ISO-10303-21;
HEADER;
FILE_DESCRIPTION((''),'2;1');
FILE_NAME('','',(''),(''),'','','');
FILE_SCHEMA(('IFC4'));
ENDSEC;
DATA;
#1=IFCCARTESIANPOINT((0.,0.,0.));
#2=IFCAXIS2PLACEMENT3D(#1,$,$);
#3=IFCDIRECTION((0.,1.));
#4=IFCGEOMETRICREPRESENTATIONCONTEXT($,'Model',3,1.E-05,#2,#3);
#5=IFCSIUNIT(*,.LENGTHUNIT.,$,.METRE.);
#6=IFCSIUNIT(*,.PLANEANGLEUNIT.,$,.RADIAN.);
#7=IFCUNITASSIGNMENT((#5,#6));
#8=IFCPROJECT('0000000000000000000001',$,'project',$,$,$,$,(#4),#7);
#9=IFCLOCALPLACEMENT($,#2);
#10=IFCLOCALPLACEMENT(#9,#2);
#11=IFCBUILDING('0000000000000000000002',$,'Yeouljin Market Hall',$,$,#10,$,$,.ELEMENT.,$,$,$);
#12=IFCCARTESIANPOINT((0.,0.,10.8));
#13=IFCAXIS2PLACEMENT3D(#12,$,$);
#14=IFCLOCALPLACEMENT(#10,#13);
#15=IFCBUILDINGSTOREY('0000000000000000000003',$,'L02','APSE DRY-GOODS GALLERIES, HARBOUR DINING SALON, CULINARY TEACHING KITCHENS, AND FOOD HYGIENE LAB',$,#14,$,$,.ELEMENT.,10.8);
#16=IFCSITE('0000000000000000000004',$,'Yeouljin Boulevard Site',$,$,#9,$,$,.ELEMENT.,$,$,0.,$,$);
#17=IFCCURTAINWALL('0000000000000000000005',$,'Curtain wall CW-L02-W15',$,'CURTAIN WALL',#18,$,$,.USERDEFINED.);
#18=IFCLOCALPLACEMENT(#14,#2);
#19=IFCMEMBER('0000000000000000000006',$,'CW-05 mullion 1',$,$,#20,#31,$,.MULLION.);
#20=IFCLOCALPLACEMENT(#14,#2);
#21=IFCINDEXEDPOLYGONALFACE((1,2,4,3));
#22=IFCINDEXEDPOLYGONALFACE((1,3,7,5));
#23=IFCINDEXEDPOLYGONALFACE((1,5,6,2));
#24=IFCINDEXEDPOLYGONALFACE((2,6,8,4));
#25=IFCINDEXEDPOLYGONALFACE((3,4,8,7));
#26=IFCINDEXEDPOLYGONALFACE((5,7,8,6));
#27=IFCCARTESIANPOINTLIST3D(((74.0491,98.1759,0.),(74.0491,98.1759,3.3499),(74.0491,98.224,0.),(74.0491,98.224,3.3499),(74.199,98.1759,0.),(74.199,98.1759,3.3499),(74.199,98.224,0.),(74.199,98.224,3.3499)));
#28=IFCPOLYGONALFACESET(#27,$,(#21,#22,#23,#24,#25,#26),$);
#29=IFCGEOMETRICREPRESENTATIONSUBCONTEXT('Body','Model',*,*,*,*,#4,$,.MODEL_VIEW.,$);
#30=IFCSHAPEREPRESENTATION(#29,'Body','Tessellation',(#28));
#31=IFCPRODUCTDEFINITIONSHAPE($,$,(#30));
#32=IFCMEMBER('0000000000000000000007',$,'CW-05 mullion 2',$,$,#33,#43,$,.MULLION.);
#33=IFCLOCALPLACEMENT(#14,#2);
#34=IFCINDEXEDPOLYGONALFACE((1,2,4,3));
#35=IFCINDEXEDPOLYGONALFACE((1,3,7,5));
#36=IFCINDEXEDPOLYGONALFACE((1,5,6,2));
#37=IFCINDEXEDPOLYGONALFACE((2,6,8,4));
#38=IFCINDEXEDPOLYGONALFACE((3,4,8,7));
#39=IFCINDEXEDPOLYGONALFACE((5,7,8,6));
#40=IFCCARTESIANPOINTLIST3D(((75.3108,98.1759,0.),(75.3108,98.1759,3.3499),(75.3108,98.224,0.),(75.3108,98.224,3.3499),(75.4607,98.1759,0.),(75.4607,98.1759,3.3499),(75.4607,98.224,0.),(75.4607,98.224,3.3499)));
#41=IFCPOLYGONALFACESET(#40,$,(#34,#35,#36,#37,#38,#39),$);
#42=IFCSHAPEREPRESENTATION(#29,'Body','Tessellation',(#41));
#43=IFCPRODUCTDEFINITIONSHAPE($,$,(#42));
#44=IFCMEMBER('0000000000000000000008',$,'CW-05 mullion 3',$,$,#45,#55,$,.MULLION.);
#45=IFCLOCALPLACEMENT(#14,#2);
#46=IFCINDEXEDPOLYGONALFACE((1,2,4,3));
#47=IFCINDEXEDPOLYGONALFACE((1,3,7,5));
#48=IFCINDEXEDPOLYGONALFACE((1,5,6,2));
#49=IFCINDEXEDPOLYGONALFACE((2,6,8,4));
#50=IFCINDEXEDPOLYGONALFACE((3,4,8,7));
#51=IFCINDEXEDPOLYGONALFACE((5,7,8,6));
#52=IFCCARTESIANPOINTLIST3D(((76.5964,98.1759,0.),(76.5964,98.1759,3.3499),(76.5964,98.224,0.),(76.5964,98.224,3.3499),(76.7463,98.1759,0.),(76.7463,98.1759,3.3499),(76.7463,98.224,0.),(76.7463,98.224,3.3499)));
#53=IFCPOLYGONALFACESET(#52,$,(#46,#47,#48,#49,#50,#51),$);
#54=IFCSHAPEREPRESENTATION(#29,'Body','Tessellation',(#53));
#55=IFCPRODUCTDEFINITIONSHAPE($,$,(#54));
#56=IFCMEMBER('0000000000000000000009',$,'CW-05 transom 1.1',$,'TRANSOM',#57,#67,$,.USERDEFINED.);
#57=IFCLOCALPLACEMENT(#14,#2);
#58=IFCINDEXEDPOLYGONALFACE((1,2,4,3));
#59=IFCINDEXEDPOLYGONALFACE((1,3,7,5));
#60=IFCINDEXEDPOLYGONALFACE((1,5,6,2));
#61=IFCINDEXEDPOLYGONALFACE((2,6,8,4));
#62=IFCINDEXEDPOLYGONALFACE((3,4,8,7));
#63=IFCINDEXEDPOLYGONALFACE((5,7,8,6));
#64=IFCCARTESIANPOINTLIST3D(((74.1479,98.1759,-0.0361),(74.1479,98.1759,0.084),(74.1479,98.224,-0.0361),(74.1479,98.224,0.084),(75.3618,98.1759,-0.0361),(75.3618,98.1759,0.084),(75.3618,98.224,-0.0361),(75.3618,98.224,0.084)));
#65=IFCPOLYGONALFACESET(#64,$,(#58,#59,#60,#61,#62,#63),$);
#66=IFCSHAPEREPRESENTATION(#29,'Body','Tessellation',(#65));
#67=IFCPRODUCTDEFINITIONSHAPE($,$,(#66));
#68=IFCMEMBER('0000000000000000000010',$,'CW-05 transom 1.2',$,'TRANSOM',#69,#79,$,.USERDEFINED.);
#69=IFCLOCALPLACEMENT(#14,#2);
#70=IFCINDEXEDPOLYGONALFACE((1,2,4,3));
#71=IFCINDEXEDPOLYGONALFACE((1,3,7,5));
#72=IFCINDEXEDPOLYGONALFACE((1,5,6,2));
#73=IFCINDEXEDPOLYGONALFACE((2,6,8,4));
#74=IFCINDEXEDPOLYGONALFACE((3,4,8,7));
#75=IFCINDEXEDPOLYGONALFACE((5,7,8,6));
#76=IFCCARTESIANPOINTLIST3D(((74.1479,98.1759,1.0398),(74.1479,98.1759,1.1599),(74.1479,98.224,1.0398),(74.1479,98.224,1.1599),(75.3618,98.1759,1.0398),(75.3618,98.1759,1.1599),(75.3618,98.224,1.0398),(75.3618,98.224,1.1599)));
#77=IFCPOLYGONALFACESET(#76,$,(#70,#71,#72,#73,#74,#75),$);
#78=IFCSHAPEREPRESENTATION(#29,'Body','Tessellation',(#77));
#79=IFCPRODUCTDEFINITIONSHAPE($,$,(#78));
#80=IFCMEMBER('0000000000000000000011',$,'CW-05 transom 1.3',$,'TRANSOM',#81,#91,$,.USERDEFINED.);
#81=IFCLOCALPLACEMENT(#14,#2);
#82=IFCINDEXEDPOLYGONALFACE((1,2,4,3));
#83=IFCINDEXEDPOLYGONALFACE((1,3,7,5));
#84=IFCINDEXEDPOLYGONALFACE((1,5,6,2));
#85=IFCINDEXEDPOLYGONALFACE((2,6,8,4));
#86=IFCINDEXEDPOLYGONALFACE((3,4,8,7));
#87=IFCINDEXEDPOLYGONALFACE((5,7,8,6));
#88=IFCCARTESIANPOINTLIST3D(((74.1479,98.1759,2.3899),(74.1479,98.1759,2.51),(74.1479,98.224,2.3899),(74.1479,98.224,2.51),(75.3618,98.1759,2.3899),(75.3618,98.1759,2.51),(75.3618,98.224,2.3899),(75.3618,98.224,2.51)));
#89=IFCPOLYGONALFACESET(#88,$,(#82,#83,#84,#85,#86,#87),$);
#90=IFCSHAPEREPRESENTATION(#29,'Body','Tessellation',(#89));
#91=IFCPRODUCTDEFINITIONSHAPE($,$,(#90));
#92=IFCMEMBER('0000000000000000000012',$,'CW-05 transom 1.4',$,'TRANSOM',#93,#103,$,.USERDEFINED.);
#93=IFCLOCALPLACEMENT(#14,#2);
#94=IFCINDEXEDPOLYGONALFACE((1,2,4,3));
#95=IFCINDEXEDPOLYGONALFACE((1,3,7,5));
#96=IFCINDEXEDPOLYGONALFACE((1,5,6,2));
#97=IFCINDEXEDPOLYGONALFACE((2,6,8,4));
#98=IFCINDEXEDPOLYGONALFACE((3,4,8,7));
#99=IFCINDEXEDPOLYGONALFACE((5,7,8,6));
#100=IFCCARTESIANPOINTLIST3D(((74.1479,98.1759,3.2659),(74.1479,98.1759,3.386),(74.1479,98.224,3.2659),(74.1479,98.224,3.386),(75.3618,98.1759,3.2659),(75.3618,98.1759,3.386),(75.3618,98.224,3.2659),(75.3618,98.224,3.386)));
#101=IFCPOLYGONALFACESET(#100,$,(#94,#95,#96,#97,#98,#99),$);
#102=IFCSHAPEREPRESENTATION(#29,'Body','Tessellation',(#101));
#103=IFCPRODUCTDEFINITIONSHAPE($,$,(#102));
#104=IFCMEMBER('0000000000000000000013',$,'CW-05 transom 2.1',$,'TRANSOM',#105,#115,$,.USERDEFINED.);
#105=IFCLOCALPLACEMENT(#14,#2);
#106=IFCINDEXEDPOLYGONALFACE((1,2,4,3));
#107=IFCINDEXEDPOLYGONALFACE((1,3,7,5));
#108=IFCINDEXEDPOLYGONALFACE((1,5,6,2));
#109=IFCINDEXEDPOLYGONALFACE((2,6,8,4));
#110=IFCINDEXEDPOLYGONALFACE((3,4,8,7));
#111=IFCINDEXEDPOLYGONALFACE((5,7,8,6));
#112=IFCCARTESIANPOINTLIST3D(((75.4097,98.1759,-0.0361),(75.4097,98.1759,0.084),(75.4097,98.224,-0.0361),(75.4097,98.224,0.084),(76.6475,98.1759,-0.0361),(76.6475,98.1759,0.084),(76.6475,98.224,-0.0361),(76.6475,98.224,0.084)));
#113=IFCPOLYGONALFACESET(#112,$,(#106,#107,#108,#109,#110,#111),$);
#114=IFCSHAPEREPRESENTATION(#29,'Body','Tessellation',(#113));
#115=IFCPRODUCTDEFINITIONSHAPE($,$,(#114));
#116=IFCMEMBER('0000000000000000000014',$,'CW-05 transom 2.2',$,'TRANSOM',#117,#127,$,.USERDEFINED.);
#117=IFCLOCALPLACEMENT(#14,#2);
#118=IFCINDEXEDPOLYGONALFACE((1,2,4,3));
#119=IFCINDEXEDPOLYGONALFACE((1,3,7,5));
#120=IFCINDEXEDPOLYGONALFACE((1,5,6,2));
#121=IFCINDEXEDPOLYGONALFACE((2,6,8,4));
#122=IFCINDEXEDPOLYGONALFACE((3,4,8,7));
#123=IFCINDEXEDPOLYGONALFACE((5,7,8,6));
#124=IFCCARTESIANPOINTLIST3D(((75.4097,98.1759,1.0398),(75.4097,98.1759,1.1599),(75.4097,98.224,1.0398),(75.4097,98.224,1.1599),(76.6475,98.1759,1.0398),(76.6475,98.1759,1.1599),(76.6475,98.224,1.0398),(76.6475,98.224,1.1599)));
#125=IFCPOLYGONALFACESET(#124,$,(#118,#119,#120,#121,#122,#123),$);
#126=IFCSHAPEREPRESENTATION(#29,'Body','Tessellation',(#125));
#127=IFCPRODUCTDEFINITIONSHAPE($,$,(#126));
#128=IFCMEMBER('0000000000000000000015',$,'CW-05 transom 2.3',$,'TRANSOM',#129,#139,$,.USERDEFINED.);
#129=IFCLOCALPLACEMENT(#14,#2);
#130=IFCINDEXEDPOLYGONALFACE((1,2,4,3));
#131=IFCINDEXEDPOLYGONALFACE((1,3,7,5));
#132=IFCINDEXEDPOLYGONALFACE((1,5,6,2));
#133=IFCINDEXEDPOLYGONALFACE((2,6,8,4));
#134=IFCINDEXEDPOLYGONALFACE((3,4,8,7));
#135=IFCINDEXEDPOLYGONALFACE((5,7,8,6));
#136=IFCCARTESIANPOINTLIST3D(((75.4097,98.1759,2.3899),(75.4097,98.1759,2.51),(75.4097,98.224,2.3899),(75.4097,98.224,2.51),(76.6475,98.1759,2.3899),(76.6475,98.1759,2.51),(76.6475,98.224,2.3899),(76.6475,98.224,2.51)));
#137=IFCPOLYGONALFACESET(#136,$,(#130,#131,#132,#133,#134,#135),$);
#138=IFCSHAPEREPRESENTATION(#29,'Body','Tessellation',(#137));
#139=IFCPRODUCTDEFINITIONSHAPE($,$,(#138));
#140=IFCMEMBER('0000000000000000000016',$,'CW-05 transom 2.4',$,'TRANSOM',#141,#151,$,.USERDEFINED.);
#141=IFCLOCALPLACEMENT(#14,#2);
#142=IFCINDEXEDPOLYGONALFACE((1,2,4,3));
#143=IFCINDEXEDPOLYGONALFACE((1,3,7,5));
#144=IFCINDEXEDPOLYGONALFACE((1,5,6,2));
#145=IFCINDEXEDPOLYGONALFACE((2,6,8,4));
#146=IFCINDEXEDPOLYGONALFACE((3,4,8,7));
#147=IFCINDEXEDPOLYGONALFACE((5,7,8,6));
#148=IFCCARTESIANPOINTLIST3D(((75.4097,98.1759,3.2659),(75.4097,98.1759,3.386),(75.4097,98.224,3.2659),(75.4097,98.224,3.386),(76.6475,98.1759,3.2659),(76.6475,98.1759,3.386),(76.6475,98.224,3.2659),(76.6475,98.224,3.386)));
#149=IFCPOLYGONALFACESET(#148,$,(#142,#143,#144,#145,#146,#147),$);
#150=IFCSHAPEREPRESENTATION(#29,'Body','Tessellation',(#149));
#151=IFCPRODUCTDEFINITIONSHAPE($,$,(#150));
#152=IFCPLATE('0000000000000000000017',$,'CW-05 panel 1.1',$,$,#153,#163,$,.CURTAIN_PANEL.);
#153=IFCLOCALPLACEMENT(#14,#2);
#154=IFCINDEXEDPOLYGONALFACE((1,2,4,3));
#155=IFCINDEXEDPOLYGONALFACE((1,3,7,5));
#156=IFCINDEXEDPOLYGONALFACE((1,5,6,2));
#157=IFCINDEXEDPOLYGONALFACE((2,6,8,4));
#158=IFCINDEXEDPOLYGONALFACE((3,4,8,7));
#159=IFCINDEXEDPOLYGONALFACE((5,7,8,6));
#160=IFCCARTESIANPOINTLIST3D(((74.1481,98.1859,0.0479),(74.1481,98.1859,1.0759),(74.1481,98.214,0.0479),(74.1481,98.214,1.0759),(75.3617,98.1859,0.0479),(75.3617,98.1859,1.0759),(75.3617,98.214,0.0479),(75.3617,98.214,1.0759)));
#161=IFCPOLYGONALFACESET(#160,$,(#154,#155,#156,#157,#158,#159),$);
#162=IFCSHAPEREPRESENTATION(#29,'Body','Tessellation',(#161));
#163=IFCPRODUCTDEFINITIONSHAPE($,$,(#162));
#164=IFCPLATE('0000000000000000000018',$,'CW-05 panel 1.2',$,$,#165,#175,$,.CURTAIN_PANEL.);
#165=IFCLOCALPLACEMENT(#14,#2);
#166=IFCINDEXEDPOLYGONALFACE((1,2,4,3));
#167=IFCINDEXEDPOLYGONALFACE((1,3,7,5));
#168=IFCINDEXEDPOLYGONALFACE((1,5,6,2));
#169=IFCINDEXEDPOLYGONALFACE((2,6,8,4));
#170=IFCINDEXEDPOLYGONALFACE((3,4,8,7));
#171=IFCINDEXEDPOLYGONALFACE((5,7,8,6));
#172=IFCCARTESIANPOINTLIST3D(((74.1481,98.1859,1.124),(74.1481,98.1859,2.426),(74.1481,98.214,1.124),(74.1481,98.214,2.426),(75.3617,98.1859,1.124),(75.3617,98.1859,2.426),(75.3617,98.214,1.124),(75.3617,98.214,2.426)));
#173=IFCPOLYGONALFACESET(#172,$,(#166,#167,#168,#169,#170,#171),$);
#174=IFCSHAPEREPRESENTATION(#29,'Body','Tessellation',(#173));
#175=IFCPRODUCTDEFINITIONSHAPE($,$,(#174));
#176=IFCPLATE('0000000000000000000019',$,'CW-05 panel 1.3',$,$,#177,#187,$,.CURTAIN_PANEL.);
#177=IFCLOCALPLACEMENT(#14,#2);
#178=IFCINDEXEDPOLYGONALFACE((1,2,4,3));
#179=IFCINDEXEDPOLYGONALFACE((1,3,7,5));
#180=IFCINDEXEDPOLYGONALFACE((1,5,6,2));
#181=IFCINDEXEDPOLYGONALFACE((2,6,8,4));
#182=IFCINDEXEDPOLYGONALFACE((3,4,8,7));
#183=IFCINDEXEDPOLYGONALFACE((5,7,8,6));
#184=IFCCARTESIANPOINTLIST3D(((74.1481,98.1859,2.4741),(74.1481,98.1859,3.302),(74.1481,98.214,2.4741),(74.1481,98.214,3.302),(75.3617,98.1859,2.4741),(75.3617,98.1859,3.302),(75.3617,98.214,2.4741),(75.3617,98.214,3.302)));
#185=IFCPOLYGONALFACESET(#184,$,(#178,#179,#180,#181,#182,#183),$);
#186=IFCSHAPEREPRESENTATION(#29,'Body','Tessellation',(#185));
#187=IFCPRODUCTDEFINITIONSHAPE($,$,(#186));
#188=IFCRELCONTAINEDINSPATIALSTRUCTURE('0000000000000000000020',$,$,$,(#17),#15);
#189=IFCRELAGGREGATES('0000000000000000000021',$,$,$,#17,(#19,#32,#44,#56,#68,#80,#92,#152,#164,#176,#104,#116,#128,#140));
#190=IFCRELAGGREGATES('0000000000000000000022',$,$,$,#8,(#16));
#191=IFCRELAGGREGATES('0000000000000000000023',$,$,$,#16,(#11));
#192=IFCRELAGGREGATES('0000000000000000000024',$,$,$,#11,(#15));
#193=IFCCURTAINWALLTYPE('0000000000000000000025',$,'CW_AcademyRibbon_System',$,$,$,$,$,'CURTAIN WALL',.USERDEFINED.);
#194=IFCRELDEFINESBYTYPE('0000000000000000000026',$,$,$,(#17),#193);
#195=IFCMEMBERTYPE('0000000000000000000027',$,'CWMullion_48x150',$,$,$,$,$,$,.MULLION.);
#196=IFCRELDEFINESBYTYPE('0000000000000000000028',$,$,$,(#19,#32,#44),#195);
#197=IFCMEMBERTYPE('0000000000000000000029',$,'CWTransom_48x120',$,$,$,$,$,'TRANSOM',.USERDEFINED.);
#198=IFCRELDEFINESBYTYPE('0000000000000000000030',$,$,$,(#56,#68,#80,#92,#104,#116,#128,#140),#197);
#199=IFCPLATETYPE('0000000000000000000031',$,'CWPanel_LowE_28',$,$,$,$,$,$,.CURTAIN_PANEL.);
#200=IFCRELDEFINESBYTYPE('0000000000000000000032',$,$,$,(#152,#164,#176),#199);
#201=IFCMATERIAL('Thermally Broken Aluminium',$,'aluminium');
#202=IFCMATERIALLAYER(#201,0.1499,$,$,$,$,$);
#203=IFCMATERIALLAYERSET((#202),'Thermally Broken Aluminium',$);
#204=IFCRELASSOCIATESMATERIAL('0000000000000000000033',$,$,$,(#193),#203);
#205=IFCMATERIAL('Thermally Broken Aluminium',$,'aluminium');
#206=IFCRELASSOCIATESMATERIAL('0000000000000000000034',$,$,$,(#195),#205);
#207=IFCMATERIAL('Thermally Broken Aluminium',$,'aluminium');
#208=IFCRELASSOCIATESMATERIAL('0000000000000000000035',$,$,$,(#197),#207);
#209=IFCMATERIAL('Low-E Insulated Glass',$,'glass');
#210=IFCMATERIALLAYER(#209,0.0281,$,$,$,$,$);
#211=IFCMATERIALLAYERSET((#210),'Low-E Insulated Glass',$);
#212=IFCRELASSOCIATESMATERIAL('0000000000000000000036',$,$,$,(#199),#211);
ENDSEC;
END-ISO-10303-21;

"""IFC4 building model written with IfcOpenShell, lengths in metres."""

from ifc_helpers import new_model, si_unit, direction, frame, origin, origin_2d, place, context, subcontext, project, spatial, rectangle, extrude, material, layer, layer_set, material_profile, profile_set, type_object, element, aggregate, save


model = new_model("IFC4")

# Units and contexts
model_context = context("Model", 3, precision=1e-05, world=origin(), true_north=direction((0.0, 1.0)))
body_context = subcontext(model_context, "Body", "Model", "MODEL_VIEW")
ifc_project = project(units=[si_unit("LENGTHUNIT", "METRE"), si_unit("PLANEANGLEUNIT", "RADIAN")], contexts=[model_context])

# Site, building, storey
site_placement = place(None, origin())
site = spatial("IfcSite", under=ifc_project, at=site_placement, Name="Yeouljin Boulevard Site", CompositionType="ELEMENT", RefElevation=0.0)
building_placement = place(site_placement, origin())
building = spatial("IfcBuilding", under=site, at=building_placement, Name="Yeouljin Market Hall", CompositionType="ELEMENT")
storey_placement = place(building_placement, frame((0.0, 0.0, 10.8)))
storey = spatial("IfcBuildingStorey", under=building, at=storey_placement, Name="L02", Description="APSE DRY-GOODS GALLERIES, HARBOUR DINING SALON, CULINARY TEACHING KITCHENS, AND FOOD HYGIENE LAB", CompositionType="ELEMENT", Elevation=10.8)

# Curtain wall, members, plates
ifc_material_1 = material(Name="Thermally Broken Aluminium", Category="aluminium")
ifc_layer_1 = layer(ifc_material_1, 0.1499)
ifc_layer_set_1 = layer_set([ifc_layer_1], Name="Thermally Broken Aluminium")
curtain_wall_type = type_object("IfcCurtainWallType", Name="CW_AcademyRibbon_System", ElementType="CURTAIN WALL", PredefinedType="USERDEFINED", material=ifc_layer_set_1)
curtain_wall_placement = place(storey_placement, origin())
curtain_wall = element("IfcCurtainWall", 1, at=curtain_wall_placement, inside=storey, type_object=curtain_wall_type, Name="Curtain wall CW-L02-W15", ObjectType="CURTAIN WALL", PredefinedType="USERDEFINED")
ifc_material_2 = material(Name="Thermally Broken Aluminium", Category="aluminium")
ifc_material_profile_1 = material_profile(ifc_material_2, rectangle(XDim=0.0481, YDim=0.1499, at=origin_2d()), Name="CW-MULL-48x150")
ifc_profile_set_1 = profile_set([ifc_material_profile_1], Name="Thermally Broken Aluminium")
member_type_1 = type_object("IfcMemberType", Name="CWMullion_48x150", PredefinedType="MULLION", material=ifc_profile_set_1)
member_1_placement = place(storey_placement, frame((74.124, 98.2, 0.0), z_axis=(0.0, 0.0, 1.0), x_axis=(0.0, 1.0, 0.0)))
member_1 = element("IfcMember", 2, at=member_1_placement, type_object=member_type_1, Name="CW-05 mullion 1", PredefinedType="MULLION", context=body_context, shape_type="SweptSolid", body=[
    extrude(rectangle(XDim=0.0481, YDim=0.1499, at=origin_2d()), origin(), (0.0, 0.0, 1.0), 3.3499),
])
member_2_placement = place(storey_placement, frame((75.3857, 98.2, 0.0), z_axis=(0.0, 0.0, 1.0), x_axis=(0.0, 1.0, 0.0)))
member_2 = element("IfcMember", 3, at=member_2_placement, type_object=member_type_1, Name="CW-05 mullion 2", PredefinedType="MULLION", context=body_context, shape_type="SweptSolid", body=[
    extrude(rectangle(XDim=0.0481, YDim=0.1499, at=origin_2d()), origin(), (0.0, 0.0, 1.0), 3.3499),
])
member_3_placement = place(storey_placement, frame((76.6714, 98.2, 0.0), z_axis=(0.0, 0.0, 1.0), x_axis=(0.0, 1.0, 0.0)))
member_3 = element("IfcMember", 4, at=member_3_placement, type_object=member_type_1, Name="CW-05 mullion 3", PredefinedType="MULLION", context=body_context, shape_type="SweptSolid", body=[
    extrude(rectangle(XDim=0.0481, YDim=0.1499, at=origin_2d()), origin(), (0.0, 0.0, 1.0), 3.3499),
])
ifc_material_3 = material(Name="Thermally Broken Aluminium", Category="aluminium")
ifc_material_profile_2 = material_profile(ifc_material_3, rectangle(XDim=0.0481, YDim=0.1201, at=origin_2d()), Name="CW-TRAN-48x120")
ifc_profile_set_2 = profile_set([ifc_material_profile_2], Name="Thermally Broken Aluminium")
member_type_2 = type_object("IfcMemberType", Name="CWTransom_48x120", ElementType="TRANSOM", PredefinedType="USERDEFINED", material=ifc_profile_set_2)
member_4_placement = place(storey_placement, frame((74.1479, 98.2, 0.0239), z_axis=(1.0, 0.0, 0.0), x_axis=(0.0, 1.0, 0.0)))
member_4 = element("IfcMember", 5, at=member_4_placement, type_object=member_type_2, Name="CW-05 transom 1.1", ObjectType="TRANSOM", PredefinedType="USERDEFINED", context=body_context, shape_type="SweptSolid", body=[
    extrude(rectangle(XDim=0.0481, YDim=0.1201, at=origin_2d()), origin(), (0.0, 0.0, 1.0), 1.2139),
])
member_5_placement = place(storey_placement, frame((74.1479, 98.2, 1.0999), z_axis=(1.0, 0.0, 0.0), x_axis=(0.0, 1.0, 0.0)))
member_5 = element("IfcMember", 6, at=member_5_placement, type_object=member_type_2, Name="CW-05 transom 1.2", ObjectType="TRANSOM", PredefinedType="USERDEFINED", context=body_context, shape_type="SweptSolid", body=[
    extrude(rectangle(XDim=0.0481, YDim=0.1201, at=origin_2d()), origin(), (0.0, 0.0, 1.0), 1.2139),
])
member_6_placement = place(storey_placement, frame((74.1479, 98.2, 2.45), z_axis=(1.0, 0.0, 0.0), x_axis=(0.0, 1.0, 0.0)))
member_6 = element("IfcMember", 7, at=member_6_placement, type_object=member_type_2, Name="CW-05 transom 1.3", ObjectType="TRANSOM", PredefinedType="USERDEFINED", context=body_context, shape_type="SweptSolid", body=[
    extrude(rectangle(XDim=0.0481, YDim=0.1201, at=origin_2d()), origin(), (0.0, 0.0, 1.0), 1.2139),
])
member_7_placement = place(storey_placement, frame((74.1479, 98.2, 3.3259), z_axis=(1.0, 0.0, 0.0), x_axis=(0.0, 1.0, 0.0)))
member_7 = element("IfcMember", 8, at=member_7_placement, type_object=member_type_2, Name="CW-05 transom 1.4", ObjectType="TRANSOM", PredefinedType="USERDEFINED", context=body_context, shape_type="SweptSolid", body=[
    extrude(rectangle(XDim=0.0481, YDim=0.1201, at=origin_2d()), origin(), (0.0, 0.0, 1.0), 1.2139),
])
member_8_placement = place(storey_placement, frame((75.4097, 98.2, 0.0239), z_axis=(1.0, 0.0, 0.0), x_axis=(0.0, 1.0, 0.0)))
member_8 = element("IfcMember", 9, at=member_8_placement, type_object=member_type_2, Name="CW-05 transom 2.1", ObjectType="TRANSOM", PredefinedType="USERDEFINED", context=body_context, shape_type="SweptSolid", body=[
    extrude(rectangle(XDim=0.0481, YDim=0.1201, at=origin_2d()), origin(), (0.0, 0.0, 1.0), 1.2378),
])
member_9_placement = place(storey_placement, frame((75.4097, 98.2, 1.0999), z_axis=(1.0, 0.0, 0.0), x_axis=(0.0, 1.0, 0.0)))
member_9 = element("IfcMember", 10, at=member_9_placement, type_object=member_type_2, Name="CW-05 transom 2.2", ObjectType="TRANSOM", PredefinedType="USERDEFINED", context=body_context, shape_type="SweptSolid", body=[
    extrude(rectangle(XDim=0.0481, YDim=0.1201, at=origin_2d()), origin(), (0.0, 0.0, 1.0), 1.2378),
])
member_10_placement = place(storey_placement, frame((75.4097, 98.2, 2.45), z_axis=(1.0, 0.0, 0.0), x_axis=(0.0, 1.0, 0.0)))
member_10 = element("IfcMember", 11, at=member_10_placement, type_object=member_type_2, Name="CW-05 transom 2.3", ObjectType="TRANSOM", PredefinedType="USERDEFINED", context=body_context, shape_type="SweptSolid", body=[
    extrude(rectangle(XDim=0.0481, YDim=0.1201, at=origin_2d()), origin(), (0.0, 0.0, 1.0), 1.2378),
])
member_11_placement = place(storey_placement, frame((75.4097, 98.2, 3.3259), z_axis=(1.0, 0.0, 0.0), x_axis=(0.0, 1.0, 0.0)))
member_11 = element("IfcMember", 12, at=member_11_placement, type_object=member_type_2, Name="CW-05 transom 2.4", ObjectType="TRANSOM", PredefinedType="USERDEFINED", context=body_context, shape_type="SweptSolid", body=[
    extrude(rectangle(XDim=0.0481, YDim=0.1201, at=origin_2d()), origin(), (0.0, 0.0, 1.0), 1.2378),
])
ifc_material_4 = material(Name="Low-E Insulated Glass", Category="glass")
ifc_layer_2 = layer(ifc_material_4, 0.0281)
ifc_layer_set_2 = layer_set([ifc_layer_2], Name="Low-E Insulated Glass")
plate_type = type_object("IfcPlateType", Name="CWPanel_LowE_28", PredefinedType="CURTAIN_PANEL", material=ifc_layer_set_2)
plate_1_placement = place(storey_placement, frame((74.7549, 98.2, 0.0479), z_axis=(0.0, 0.0, 1.0), x_axis=(1.0, 0.0, 0.0)))
plate_1 = element("IfcPlate", 13, at=plate_1_placement, type_object=plate_type, Name="CW-05 panel 1.1", PredefinedType="CURTAIN_PANEL", context=body_context, shape_type="SweptSolid", body=[
    extrude(rectangle(XDim=1.2136, YDim=0.0281, at=origin_2d()), origin(), (0.0, 0.0, 1.0), 1.0281),
])
plate_2_placement = place(storey_placement, frame((74.7549, 98.2, 1.124), z_axis=(0.0, 0.0, 1.0), x_axis=(1.0, 0.0, 0.0)))
plate_2 = element("IfcPlate", 14, at=plate_2_placement, type_object=plate_type, Name="CW-05 panel 1.2", PredefinedType="CURTAIN_PANEL", context=body_context, shape_type="SweptSolid", body=[
    extrude(rectangle(XDim=1.2136, YDim=0.0281, at=origin_2d()), origin(), (0.0, 0.0, 1.0), 1.302),
])
plate_3_placement = place(storey_placement, frame((74.7549, 98.2, 2.4741), z_axis=(0.0, 0.0, 1.0), x_axis=(1.0, 0.0, 0.0)))
plate_3 = element("IfcPlate", 15, at=plate_3_placement, type_object=plate_type, Name="CW-05 panel 1.3", PredefinedType="CURTAIN_PANEL", context=body_context, shape_type="SweptSolid", body=[
    extrude(rectangle(XDim=1.2136, YDim=0.0281, at=origin_2d()), origin(), (0.0, 0.0, 1.0), 0.8279),
])
aggregate(curtain_wall, [member_1, member_2, member_3, member_4, member_5, member_6, member_7, plate_1, plate_2, plate_3, member_8, member_9, member_10, member_11])

save(model, "model.ifc")
